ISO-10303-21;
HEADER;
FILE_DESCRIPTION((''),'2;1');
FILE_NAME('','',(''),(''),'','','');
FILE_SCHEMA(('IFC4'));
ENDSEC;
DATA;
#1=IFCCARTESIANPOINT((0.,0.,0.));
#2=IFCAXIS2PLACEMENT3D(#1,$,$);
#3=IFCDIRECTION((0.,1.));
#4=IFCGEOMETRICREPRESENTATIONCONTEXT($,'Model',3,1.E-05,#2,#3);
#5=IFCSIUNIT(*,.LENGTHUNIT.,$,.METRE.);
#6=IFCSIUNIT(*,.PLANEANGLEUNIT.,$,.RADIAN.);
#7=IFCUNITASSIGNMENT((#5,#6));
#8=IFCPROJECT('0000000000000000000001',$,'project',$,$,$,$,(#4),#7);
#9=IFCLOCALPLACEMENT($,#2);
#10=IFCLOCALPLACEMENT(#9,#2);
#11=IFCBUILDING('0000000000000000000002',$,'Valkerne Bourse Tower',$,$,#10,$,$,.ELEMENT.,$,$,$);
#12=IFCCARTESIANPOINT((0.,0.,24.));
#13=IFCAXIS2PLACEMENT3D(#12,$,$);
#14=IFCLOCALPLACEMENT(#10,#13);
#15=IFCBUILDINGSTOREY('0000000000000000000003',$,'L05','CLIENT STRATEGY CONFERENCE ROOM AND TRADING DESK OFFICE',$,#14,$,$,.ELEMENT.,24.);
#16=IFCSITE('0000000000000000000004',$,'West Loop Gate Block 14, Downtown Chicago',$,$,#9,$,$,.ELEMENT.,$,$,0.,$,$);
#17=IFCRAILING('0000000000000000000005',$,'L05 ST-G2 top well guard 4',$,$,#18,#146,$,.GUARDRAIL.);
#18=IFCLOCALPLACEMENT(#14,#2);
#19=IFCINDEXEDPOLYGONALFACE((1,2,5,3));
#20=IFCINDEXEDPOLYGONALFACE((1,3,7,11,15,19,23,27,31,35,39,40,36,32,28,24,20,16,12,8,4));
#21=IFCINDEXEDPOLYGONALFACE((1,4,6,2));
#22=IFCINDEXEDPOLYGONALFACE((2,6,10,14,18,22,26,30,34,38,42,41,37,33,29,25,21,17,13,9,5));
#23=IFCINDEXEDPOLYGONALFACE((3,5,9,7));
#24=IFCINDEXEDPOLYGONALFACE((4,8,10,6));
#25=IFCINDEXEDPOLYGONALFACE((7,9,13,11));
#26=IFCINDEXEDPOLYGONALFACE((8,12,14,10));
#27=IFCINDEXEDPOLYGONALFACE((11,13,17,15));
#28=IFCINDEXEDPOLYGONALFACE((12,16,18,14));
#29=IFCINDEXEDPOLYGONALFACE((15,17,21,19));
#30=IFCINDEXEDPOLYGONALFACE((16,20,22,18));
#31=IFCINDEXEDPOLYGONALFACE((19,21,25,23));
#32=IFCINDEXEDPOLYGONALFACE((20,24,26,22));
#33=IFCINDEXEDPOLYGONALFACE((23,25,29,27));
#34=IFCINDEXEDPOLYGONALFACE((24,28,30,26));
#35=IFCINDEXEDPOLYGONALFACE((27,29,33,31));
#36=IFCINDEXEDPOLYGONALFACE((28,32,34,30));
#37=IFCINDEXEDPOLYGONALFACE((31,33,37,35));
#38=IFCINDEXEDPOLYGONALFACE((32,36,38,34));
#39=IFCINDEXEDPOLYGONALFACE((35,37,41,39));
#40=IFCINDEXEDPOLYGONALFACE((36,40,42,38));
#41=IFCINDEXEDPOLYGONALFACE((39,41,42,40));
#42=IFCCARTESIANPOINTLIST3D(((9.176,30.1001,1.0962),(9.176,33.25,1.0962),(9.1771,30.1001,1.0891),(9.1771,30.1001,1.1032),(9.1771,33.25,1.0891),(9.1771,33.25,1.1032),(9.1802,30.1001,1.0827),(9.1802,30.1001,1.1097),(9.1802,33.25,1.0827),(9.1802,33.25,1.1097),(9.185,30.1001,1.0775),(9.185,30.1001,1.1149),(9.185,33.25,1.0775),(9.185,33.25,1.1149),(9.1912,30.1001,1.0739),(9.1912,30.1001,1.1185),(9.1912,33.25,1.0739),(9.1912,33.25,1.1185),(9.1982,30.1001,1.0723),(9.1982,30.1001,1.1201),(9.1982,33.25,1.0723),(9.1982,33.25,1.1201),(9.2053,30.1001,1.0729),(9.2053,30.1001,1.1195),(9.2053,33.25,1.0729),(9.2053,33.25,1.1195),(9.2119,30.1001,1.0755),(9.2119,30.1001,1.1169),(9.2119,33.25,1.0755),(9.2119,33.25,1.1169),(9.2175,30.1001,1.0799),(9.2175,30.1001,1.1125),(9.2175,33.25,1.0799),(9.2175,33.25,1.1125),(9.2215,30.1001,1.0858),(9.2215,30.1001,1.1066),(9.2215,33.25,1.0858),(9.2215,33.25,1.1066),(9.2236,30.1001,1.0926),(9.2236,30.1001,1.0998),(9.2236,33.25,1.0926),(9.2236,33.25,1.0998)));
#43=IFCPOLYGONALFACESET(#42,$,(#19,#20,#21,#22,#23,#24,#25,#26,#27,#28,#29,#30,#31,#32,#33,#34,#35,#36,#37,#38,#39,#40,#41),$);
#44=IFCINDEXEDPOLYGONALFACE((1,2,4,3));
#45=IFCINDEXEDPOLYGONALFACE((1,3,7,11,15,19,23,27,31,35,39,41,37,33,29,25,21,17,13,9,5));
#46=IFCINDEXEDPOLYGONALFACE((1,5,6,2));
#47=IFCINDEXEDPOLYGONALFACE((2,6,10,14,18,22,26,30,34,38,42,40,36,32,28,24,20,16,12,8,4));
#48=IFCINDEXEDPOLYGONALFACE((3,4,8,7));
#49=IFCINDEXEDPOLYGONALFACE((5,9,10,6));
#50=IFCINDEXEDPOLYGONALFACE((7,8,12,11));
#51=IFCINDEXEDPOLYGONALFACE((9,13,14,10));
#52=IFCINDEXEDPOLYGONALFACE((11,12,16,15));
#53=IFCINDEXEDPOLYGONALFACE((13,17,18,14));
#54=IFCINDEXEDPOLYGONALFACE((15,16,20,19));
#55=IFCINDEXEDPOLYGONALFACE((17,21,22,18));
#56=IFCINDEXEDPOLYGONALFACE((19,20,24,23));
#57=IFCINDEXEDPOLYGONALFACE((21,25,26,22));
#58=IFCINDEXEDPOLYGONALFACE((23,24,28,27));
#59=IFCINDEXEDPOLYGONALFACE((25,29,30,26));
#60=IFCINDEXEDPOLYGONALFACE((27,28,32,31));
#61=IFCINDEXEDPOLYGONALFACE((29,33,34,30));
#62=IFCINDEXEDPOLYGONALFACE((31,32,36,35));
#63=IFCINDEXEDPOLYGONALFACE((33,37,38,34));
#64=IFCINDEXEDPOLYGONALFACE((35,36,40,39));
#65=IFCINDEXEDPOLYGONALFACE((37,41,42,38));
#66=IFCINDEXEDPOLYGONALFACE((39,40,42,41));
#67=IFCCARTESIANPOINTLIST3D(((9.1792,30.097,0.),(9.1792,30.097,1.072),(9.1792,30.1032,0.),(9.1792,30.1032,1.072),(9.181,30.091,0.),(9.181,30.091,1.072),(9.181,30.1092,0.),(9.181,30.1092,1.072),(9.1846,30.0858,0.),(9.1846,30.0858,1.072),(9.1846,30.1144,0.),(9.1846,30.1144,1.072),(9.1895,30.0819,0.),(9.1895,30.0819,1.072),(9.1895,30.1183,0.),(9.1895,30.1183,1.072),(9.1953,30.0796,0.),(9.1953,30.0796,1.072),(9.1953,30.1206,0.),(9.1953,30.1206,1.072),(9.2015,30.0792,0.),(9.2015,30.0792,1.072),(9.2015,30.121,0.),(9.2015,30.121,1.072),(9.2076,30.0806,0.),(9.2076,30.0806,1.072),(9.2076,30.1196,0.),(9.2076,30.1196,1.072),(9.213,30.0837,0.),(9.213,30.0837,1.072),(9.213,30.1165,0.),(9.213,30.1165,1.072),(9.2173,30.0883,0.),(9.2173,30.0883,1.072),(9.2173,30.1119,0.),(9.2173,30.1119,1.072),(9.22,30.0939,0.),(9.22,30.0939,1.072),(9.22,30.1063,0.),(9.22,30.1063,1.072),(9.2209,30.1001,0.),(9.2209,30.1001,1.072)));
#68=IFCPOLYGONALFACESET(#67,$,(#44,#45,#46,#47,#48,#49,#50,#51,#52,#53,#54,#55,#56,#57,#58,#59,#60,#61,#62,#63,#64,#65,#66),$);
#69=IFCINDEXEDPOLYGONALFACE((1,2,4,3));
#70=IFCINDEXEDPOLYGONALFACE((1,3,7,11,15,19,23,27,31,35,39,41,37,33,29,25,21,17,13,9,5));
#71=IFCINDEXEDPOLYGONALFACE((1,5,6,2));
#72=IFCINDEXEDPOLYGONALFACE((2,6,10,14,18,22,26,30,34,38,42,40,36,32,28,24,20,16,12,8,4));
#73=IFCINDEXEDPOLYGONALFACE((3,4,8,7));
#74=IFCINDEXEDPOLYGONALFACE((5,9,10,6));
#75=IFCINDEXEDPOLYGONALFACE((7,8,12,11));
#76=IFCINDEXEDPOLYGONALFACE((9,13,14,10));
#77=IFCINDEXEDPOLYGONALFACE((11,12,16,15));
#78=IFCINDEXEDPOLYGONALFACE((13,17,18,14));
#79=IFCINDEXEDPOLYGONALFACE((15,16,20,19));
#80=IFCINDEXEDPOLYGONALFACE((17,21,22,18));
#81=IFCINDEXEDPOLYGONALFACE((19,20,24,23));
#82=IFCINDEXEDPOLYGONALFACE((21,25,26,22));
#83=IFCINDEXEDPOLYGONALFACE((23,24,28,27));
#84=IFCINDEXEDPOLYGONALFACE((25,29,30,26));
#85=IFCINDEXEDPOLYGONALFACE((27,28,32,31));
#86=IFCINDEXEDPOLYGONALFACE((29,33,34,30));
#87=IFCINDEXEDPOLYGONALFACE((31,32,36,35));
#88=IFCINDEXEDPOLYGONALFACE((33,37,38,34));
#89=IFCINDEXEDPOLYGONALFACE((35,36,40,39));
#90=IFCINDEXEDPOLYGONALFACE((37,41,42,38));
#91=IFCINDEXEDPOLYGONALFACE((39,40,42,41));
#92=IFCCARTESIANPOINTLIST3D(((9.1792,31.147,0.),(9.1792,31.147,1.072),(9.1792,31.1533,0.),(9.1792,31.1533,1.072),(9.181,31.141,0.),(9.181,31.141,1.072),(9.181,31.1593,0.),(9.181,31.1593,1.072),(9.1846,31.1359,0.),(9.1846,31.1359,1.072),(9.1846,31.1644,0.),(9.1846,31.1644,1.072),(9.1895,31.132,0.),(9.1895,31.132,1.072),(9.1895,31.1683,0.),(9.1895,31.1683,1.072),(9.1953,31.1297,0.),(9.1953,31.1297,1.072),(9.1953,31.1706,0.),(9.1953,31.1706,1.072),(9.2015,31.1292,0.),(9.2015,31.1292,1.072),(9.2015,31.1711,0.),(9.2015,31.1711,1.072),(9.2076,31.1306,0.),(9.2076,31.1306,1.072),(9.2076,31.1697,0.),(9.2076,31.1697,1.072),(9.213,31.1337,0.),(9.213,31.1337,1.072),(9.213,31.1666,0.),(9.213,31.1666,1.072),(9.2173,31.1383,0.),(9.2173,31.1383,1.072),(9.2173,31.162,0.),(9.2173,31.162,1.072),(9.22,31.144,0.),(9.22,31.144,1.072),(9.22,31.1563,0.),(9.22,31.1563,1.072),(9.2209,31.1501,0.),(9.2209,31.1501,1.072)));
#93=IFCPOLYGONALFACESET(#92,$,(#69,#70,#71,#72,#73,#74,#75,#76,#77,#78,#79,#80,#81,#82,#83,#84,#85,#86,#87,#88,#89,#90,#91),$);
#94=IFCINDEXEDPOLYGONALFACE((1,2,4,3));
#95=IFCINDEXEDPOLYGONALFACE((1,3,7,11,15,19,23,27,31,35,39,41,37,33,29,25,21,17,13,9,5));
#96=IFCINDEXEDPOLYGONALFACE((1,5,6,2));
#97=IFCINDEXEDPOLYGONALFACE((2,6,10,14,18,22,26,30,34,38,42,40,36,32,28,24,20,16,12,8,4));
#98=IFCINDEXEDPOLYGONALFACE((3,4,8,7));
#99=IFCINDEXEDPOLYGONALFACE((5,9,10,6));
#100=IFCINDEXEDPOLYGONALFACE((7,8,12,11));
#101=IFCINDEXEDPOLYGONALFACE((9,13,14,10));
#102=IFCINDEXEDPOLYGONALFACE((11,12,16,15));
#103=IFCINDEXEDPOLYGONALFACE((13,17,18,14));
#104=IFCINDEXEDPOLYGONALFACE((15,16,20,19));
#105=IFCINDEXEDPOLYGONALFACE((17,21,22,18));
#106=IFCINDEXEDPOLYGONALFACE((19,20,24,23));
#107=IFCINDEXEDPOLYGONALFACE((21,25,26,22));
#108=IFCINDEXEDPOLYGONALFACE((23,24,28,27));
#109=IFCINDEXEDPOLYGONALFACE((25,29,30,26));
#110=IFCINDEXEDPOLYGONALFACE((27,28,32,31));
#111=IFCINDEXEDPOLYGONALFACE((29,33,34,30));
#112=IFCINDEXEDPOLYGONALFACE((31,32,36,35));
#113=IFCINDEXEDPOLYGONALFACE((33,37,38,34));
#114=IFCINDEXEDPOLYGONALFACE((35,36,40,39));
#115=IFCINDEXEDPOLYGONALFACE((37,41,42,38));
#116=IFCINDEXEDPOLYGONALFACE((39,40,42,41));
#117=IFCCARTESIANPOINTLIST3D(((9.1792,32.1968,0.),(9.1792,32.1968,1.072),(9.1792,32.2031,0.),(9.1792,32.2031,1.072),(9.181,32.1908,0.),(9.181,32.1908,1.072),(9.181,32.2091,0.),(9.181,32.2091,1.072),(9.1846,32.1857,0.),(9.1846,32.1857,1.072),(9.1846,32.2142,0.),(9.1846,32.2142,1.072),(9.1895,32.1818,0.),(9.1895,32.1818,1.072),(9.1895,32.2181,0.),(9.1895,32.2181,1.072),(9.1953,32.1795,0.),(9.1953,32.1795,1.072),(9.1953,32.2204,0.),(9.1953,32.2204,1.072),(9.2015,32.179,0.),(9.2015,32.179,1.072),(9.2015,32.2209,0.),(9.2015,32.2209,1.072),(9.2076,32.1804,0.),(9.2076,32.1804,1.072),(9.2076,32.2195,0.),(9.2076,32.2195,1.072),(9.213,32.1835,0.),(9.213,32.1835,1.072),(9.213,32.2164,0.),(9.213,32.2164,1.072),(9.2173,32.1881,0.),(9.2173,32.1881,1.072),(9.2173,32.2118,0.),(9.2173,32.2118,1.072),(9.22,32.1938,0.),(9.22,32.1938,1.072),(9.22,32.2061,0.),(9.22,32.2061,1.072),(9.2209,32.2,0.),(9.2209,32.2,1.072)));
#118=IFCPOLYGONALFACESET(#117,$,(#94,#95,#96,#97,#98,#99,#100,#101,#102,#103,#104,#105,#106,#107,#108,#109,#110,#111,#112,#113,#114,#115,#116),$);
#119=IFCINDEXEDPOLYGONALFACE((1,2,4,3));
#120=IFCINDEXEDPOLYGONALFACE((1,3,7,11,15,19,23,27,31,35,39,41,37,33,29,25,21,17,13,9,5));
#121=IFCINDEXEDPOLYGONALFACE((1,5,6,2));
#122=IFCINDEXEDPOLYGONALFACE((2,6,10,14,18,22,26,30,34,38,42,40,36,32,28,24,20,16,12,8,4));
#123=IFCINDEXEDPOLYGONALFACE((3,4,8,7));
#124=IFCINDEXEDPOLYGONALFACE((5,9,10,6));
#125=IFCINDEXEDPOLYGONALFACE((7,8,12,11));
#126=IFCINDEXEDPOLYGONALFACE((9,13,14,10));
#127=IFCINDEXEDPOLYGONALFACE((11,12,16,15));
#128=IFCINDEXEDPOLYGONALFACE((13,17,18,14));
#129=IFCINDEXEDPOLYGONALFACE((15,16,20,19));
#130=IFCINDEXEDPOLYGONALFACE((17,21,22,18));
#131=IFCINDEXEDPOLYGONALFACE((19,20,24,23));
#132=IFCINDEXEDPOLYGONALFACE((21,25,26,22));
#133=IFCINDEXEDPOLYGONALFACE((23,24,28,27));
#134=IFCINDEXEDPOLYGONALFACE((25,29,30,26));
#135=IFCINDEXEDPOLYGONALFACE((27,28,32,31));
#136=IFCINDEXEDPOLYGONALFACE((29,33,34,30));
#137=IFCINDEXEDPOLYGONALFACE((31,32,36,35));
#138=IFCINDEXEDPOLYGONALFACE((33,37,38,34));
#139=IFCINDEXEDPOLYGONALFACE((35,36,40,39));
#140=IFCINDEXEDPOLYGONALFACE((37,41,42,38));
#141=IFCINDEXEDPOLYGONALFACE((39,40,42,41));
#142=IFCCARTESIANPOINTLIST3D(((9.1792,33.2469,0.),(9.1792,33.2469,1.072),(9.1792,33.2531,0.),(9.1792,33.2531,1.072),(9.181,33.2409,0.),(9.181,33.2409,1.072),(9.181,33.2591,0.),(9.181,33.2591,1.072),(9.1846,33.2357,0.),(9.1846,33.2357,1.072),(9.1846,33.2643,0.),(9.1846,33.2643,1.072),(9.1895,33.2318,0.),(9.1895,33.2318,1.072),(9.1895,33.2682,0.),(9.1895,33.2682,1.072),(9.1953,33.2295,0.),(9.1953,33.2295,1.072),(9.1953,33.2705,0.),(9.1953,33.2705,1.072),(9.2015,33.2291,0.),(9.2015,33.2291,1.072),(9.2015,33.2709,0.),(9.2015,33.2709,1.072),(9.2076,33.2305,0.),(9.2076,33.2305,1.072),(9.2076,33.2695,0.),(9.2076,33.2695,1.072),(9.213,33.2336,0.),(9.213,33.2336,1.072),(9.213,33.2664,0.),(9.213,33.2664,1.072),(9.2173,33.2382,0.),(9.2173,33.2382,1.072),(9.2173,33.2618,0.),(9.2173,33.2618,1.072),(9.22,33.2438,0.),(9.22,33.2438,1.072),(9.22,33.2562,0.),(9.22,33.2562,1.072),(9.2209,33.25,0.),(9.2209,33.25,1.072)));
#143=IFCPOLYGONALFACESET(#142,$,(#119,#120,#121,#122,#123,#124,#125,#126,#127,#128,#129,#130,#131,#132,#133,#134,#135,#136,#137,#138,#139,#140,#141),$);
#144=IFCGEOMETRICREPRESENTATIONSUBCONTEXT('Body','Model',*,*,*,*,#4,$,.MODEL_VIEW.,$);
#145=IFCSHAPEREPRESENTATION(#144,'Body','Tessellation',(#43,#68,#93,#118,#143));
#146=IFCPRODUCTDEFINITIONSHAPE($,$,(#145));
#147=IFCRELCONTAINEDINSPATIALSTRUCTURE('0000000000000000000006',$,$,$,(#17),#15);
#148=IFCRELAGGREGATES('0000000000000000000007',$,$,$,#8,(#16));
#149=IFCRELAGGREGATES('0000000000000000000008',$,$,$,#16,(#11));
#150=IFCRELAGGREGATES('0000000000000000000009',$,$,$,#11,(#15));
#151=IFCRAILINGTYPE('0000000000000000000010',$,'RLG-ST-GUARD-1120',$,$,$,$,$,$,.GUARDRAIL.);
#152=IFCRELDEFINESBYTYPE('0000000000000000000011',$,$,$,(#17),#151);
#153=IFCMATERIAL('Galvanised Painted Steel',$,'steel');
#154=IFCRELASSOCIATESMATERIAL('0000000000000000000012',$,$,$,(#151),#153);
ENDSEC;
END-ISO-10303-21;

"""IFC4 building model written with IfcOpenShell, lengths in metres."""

from ifc_helpers import new_model, si_unit, direction, frame, origin, origin_2d, place, context, subcontext, project, spatial, circle, extrude, material, type_object, element, save


model = new_model("IFC4")

# Units and contexts
model_context = context("Model", 3, precision=1e-05, world=origin(), true_north=direction((0.0, 1.0)))
body_context = subcontext(model_context, "Body", "Model", "MODEL_VIEW")
ifc_project = project(units=[si_unit("LENGTHUNIT", "METRE"), si_unit("PLANEANGLEUNIT", "RADIAN")], contexts=[model_context])

# Site, building, storey
site_placement = place(None, origin())
site = spatial("IfcSite", under=ifc_project, at=site_placement, Name="West Loop Gate Block 14, Downtown Chicago", CompositionType="ELEMENT", RefElevation=0.0)
building_placement = place(site_placement, origin())
building = spatial("IfcBuilding", under=site, at=building_placement, Name="Valkerne Bourse Tower", CompositionType="ELEMENT")
storey_placement = place(building_placement, frame((0.0, 0.0, 24.0)))
storey = spatial("IfcBuildingStorey", under=building, at=storey_placement, Name="L05", Description="CLIENT STRATEGY CONFERENCE ROOM AND TRADING DESK OFFICE", CompositionType="ELEMENT", Elevation=24.0)

# Railing
ifc_material_1 = material(Name="Galvanised Painted Steel", Category="steel")
railing_type = type_object("IfcRailingType", Name="RLG-ST-GUARD-1120", PredefinedType="GUARDRAIL", material=ifc_material_1)
railing_1_placement = place(storey_placement, frame((9.2, 30.1001, 0.0)))
element("IfcRailing", 1, at=railing_1_placement, inside=storey, type_object=railing_type, Name="L05 ST-G2 top well guard 4", PredefinedType="GUARDRAIL", context=body_context, shape_type="SweptSolid", body=[
    extrude(circle(Radius=0.0239, at=origin_2d()), frame((0.0, 0.0, 1.0962), z_axis=(0.0, 1.0, 0.0), x_axis=(-1.0, 0.0, 0.0)), (0.0, 0.0, 1.0), 3.1499),
    extrude(circle(Radius=0.021, at=origin_2d()), origin(), (0.0, 0.0, 1.0), 1.072),
    extrude(circle(Radius=0.021, at=origin_2d()), frame((0.0, 1.05, 0.0)), (0.0, 0.0, 1.0), 1.072),
    extrude(circle(Radius=0.021, at=origin_2d()), frame((0.0, 2.0999, 0.0)), (0.0, 0.0, 1.0), 1.072),
    extrude(circle(Radius=0.021, at=origin_2d()), frame((0.0, 3.1499, 0.0)), (0.0, 0.0, 1.0), 1.072),
])

save(model, "model.ifc")
